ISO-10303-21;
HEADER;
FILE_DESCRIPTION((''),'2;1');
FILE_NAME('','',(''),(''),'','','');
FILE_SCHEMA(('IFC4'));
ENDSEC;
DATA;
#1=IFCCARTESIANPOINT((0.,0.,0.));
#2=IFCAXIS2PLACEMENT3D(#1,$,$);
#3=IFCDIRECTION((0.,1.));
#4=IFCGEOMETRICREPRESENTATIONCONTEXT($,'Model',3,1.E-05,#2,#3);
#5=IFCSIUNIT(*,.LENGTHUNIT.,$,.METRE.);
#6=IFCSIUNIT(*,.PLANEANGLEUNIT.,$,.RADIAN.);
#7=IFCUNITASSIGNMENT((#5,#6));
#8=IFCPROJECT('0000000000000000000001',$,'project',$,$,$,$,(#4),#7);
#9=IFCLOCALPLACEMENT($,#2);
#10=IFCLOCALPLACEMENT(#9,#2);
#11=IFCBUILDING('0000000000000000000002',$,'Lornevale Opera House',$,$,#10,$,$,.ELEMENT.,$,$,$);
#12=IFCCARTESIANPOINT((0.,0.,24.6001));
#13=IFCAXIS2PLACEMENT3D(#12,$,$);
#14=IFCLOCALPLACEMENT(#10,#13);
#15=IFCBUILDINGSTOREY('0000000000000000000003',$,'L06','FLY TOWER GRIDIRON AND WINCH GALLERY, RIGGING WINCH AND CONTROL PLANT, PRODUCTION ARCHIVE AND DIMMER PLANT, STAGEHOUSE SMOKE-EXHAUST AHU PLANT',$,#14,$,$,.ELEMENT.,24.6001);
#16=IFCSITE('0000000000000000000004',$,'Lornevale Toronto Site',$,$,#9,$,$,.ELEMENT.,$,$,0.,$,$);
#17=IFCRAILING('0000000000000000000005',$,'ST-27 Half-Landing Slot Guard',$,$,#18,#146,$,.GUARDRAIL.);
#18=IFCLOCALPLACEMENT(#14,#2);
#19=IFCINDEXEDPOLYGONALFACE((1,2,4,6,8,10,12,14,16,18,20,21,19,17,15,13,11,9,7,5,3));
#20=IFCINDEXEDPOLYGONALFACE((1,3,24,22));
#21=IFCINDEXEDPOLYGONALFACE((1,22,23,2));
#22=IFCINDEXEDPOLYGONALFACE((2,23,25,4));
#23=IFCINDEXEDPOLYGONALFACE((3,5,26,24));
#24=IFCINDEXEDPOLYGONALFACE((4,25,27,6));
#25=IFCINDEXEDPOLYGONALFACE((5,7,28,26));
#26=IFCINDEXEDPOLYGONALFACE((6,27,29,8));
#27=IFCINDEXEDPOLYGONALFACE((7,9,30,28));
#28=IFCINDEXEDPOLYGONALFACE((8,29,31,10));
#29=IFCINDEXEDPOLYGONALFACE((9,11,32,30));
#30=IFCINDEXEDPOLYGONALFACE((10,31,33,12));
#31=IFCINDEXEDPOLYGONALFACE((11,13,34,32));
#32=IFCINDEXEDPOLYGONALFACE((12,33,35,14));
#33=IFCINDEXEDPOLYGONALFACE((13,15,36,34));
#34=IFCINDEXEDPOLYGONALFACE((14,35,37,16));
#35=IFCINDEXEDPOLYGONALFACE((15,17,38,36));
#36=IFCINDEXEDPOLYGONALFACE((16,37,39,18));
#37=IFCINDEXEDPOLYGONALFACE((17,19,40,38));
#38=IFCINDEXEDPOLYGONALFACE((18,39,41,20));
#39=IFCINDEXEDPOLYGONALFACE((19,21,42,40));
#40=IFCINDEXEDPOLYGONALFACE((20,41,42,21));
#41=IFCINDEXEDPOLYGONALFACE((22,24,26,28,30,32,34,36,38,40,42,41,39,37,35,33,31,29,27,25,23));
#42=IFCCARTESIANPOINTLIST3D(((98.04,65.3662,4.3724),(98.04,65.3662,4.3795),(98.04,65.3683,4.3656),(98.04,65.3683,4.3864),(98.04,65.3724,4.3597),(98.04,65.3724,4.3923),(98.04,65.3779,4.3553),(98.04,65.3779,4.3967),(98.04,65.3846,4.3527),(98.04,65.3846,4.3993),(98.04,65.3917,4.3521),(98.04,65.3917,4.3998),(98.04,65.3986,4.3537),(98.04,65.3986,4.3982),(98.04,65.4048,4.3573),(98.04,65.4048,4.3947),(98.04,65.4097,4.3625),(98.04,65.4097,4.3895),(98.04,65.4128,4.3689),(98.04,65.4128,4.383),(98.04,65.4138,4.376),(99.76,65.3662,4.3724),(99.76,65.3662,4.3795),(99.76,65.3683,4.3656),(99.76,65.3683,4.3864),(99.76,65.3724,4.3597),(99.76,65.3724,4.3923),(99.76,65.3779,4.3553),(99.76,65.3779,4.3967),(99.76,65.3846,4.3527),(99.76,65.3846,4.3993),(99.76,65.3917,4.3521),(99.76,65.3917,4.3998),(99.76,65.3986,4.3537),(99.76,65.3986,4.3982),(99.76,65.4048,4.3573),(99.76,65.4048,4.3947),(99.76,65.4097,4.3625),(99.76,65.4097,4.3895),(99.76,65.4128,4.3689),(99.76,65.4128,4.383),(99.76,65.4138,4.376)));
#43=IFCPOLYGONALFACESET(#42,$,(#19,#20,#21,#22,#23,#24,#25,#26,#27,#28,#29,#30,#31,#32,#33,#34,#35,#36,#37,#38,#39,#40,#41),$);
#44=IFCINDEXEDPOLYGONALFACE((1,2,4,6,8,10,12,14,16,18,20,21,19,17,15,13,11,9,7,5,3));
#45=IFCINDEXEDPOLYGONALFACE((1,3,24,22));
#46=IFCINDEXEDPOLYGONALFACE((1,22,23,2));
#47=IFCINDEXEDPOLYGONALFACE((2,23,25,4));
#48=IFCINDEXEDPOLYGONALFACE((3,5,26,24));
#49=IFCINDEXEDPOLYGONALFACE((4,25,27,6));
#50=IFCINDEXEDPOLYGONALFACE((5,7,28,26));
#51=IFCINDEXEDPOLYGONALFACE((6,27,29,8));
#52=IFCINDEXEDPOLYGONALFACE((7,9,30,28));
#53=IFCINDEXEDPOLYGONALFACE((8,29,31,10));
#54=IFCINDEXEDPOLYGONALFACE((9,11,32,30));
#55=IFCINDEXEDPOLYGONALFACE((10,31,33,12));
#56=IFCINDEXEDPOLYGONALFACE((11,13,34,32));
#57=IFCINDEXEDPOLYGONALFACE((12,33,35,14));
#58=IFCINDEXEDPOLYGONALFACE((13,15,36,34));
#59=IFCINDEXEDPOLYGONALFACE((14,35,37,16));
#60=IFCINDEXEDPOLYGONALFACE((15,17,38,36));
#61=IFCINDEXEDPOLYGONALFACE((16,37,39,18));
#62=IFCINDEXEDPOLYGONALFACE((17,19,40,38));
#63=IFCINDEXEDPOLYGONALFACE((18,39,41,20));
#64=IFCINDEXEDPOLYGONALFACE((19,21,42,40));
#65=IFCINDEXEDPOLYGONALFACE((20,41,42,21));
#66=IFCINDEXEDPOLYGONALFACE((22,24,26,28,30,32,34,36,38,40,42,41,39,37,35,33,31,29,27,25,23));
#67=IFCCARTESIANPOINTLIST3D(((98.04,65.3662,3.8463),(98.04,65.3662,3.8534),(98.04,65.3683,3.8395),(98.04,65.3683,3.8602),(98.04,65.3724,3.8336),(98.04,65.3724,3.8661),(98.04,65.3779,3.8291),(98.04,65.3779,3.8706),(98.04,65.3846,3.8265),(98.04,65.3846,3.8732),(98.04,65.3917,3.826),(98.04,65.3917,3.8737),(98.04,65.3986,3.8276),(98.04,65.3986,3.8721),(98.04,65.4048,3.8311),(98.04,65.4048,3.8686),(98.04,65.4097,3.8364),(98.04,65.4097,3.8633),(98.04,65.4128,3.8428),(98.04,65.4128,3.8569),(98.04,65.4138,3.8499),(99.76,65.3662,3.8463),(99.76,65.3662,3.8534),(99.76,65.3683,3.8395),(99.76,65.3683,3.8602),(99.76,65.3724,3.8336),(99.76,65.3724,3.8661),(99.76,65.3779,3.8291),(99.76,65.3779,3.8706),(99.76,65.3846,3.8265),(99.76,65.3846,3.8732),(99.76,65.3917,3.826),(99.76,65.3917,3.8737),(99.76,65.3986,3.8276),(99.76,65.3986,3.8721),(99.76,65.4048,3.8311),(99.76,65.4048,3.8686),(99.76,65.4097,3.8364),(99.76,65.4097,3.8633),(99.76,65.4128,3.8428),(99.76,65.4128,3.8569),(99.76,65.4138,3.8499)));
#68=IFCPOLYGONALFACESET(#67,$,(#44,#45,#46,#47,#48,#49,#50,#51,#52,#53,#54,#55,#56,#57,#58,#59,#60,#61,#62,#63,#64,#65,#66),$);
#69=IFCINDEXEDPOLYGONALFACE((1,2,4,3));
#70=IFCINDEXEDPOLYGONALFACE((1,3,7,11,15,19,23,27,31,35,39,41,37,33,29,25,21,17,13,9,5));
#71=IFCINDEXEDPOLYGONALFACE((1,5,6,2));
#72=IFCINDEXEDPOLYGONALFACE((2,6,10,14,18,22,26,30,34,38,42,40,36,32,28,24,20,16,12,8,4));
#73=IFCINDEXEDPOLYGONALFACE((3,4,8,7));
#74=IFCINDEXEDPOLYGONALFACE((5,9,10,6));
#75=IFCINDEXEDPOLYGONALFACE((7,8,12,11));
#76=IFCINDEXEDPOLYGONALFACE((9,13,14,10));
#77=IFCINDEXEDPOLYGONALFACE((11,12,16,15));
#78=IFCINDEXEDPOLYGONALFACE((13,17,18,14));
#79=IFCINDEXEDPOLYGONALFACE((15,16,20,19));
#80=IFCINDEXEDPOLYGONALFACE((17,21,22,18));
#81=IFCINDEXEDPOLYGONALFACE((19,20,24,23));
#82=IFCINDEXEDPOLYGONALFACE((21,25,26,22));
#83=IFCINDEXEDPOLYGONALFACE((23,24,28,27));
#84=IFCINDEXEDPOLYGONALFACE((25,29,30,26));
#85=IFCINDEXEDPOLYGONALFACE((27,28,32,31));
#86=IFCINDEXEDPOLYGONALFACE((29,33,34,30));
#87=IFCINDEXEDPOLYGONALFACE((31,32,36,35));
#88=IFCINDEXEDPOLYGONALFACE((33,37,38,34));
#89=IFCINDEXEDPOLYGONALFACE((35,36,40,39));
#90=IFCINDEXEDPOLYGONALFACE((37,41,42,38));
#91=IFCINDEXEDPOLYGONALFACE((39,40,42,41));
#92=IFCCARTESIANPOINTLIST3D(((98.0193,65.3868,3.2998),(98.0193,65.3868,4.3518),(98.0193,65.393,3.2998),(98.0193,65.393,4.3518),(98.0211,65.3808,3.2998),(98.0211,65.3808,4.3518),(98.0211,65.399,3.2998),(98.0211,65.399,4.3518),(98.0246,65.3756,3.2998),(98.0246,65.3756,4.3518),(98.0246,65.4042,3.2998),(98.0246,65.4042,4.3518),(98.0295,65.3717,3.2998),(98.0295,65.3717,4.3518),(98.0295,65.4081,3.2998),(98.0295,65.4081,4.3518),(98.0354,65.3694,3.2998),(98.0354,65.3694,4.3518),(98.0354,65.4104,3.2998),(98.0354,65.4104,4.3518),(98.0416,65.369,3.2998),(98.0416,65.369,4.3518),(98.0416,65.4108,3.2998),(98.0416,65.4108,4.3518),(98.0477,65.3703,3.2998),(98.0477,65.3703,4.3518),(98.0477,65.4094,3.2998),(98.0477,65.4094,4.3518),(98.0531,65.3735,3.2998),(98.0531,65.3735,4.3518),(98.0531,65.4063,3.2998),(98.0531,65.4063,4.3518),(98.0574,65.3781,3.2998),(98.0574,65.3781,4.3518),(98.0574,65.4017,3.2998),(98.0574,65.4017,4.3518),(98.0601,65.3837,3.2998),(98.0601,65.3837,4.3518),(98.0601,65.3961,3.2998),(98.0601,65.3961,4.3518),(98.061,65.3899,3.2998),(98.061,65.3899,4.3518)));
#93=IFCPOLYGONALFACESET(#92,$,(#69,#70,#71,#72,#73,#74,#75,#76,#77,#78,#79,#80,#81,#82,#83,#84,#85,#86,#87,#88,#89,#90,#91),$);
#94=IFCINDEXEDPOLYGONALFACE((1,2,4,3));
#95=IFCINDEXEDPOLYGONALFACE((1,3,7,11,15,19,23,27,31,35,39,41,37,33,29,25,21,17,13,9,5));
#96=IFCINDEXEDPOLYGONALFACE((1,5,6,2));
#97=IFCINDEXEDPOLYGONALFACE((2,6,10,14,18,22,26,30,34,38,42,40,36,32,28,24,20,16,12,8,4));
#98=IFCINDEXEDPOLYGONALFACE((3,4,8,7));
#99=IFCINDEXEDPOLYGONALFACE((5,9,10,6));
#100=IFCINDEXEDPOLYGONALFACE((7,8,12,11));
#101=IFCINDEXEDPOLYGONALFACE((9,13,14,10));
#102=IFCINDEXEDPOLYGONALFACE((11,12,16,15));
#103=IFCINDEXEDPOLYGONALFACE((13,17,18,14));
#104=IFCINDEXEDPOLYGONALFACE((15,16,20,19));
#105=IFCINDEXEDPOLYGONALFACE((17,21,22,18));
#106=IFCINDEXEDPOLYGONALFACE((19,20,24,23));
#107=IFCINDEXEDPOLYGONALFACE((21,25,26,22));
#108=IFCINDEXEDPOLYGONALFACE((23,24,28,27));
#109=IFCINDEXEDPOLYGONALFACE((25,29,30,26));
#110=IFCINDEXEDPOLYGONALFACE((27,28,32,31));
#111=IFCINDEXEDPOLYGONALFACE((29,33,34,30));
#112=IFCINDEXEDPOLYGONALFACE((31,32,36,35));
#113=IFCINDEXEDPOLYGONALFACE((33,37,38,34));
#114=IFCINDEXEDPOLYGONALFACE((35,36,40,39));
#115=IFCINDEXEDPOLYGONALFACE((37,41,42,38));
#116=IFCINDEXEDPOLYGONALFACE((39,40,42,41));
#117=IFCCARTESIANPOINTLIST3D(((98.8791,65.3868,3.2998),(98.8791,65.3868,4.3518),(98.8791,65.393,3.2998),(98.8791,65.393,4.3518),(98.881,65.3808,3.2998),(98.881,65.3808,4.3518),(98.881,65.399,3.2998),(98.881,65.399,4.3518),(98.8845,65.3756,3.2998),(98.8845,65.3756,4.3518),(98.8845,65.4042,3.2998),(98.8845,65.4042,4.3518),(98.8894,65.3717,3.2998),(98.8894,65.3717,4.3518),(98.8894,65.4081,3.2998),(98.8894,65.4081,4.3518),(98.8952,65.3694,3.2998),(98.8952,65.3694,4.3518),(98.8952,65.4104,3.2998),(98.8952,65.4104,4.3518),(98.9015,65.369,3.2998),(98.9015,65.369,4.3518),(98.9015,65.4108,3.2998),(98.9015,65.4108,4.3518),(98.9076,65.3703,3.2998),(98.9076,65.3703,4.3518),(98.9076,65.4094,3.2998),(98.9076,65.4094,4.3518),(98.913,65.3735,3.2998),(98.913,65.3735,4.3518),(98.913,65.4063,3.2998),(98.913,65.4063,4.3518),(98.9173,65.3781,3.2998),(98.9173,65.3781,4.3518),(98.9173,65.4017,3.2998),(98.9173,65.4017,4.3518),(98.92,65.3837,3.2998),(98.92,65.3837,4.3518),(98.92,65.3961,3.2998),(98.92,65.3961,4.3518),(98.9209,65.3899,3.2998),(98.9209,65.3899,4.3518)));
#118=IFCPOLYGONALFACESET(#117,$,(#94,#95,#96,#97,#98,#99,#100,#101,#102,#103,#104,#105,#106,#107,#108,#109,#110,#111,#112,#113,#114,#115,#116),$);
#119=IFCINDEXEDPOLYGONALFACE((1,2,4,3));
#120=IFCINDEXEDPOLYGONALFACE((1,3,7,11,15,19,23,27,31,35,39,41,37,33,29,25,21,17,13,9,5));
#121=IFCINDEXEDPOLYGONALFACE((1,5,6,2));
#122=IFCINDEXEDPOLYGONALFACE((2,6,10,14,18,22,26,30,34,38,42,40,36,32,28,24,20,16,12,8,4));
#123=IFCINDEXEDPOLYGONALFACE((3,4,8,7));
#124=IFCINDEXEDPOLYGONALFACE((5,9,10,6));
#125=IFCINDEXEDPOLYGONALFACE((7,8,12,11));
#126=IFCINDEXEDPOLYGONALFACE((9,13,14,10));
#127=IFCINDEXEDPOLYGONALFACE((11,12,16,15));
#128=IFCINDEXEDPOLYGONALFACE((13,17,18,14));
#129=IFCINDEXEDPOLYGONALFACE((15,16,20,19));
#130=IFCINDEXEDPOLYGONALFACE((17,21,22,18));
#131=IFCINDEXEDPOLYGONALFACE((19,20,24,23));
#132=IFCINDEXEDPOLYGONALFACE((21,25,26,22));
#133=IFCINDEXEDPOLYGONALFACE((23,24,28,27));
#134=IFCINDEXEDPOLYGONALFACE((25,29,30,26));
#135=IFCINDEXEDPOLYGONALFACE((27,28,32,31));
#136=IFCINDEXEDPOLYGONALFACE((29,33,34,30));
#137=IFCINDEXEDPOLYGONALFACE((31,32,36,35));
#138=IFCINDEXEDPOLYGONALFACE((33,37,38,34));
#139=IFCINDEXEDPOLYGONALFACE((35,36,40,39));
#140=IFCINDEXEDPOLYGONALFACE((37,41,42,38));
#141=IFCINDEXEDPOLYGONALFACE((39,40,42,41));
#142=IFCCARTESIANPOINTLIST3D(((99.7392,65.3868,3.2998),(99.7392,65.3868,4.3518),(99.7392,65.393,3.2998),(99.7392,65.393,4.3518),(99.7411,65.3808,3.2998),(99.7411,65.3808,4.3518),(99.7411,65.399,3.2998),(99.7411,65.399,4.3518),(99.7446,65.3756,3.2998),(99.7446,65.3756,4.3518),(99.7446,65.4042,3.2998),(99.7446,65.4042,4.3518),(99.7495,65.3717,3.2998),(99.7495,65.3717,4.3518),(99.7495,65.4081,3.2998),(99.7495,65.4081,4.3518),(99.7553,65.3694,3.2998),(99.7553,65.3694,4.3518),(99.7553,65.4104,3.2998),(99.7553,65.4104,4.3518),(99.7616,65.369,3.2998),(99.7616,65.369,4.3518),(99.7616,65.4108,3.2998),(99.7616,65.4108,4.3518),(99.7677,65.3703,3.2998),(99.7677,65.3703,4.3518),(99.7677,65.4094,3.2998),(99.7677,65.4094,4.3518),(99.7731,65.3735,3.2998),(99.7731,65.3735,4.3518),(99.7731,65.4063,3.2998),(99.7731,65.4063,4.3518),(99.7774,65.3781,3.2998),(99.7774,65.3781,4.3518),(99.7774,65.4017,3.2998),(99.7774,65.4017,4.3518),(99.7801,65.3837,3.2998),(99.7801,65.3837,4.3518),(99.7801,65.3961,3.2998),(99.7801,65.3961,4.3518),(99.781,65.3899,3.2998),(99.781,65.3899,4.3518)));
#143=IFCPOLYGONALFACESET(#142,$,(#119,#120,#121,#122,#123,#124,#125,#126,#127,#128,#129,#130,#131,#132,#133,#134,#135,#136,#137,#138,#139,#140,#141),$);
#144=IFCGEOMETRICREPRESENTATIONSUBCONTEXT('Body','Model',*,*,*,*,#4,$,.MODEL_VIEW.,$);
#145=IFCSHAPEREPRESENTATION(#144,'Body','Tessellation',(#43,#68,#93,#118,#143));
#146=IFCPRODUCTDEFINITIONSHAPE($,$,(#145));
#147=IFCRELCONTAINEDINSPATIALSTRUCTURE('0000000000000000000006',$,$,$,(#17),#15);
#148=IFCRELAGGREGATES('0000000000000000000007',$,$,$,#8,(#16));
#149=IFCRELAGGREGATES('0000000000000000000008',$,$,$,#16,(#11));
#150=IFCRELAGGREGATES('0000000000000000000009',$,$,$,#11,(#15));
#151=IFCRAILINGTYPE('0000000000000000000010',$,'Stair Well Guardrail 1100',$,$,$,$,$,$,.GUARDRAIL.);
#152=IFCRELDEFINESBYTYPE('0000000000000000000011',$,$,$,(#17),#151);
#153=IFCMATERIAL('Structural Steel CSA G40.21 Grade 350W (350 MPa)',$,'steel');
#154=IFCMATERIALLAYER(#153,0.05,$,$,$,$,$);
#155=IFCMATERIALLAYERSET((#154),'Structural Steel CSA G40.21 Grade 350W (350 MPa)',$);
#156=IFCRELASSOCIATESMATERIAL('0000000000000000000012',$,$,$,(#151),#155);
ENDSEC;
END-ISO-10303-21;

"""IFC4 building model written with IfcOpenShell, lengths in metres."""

from ifc_helpers import new_model, si_unit, direction, frame, origin, origin_2d, place, context, subcontext, project, spatial, circle, extrude, material, layer, layer_set, type_object, element, save


model = new_model("IFC4")

# Units and contexts
model_context = context("Model", 3, precision=1e-05, world=origin(), true_north=direction((0.0, 1.0)))
body_context = subcontext(model_context, "Body", "Model", "MODEL_VIEW")
ifc_project = project(units=[si_unit("LENGTHUNIT", "METRE"), si_unit("PLANEANGLEUNIT", "RADIAN")], contexts=[model_context])

# Site, building, storey
site_placement = place(None, origin())
site = spatial("IfcSite", under=ifc_project, at=site_placement, Name="Lornevale Toronto Site", CompositionType="ELEMENT", RefElevation=0.0)
building_placement = place(site_placement, origin())
building = spatial("IfcBuilding", under=site, at=building_placement, Name="Lornevale Opera House", CompositionType="ELEMENT")
storey_placement = place(building_placement, frame((0.0, 0.0, 24.6001)))
storey = spatial("IfcBuildingStorey", under=building, at=storey_placement, Name="L06", Description="FLY TOWER GRIDIRON AND WINCH GALLERY, RIGGING WINCH AND CONTROL PLANT, PRODUCTION ARCHIVE AND DIMMER PLANT, STAGEHOUSE SMOKE-EXHAUST AHU PLANT", CompositionType="ELEMENT", Elevation=24.6001)

# Shared definitions
ifc_material_1 = material(Name="Structural Steel CSA G40.21 Grade 350W (350 MPa)", Category="steel")

# Railing
ifc_layer_1 = layer(ifc_material_1, 0.05)
ifc_layer_set_1 = layer_set([ifc_layer_1], Name="Structural Steel CSA G40.21 Grade 350W (350 MPa)")
railing_type_1 = type_object("IfcRailingType", Name="Stair Well Guardrail 1100", PredefinedType="GUARDRAIL", material=ifc_layer_set_1)
railing_1_placement = place(storey_placement, frame((98.04, 65.3899, 3.2998)))
element("IfcRailing", 1, at=railing_1_placement, inside=storey, type_object=railing_type_1, Name="ST-27 Half-Landing Slot Guard", PredefinedType="GUARDRAIL", context=body_context, shape_type="SweptSolid", body=[
    extrude(circle(Radius=0.0239, at=origin_2d()), frame((0.0, 0.0, 1.0762), z_axis=(1.0, 0.0, 0.0), x_axis=(0.0, 1.0, 0.0)), (0.0, 0.0, 1.0), 1.72),
    extrude(circle(Radius=0.0239, at=origin_2d()), frame((0.0, 0.0, 0.55), z_axis=(1.0, 0.0, 0.0), x_axis=(0.0, 1.0, 0.0)), (0.0, 0.0, 1.0), 1.72),
    extrude(circle(Radius=0.021, at=origin_2d()), origin(), (0.0, 0.0, 1.0), 1.052),
    extrude(circle(Radius=0.021, at=origin_2d()), frame((0.8599, 0.0, 0.0)), (0.0, 0.0, 1.0), 1.052),
    extrude(circle(Radius=0.021, at=origin_2d()), frame((1.72, 0.0, 0.0)), (0.0, 0.0, 1.0), 1.052),
])

save(model, "model.ifc")
